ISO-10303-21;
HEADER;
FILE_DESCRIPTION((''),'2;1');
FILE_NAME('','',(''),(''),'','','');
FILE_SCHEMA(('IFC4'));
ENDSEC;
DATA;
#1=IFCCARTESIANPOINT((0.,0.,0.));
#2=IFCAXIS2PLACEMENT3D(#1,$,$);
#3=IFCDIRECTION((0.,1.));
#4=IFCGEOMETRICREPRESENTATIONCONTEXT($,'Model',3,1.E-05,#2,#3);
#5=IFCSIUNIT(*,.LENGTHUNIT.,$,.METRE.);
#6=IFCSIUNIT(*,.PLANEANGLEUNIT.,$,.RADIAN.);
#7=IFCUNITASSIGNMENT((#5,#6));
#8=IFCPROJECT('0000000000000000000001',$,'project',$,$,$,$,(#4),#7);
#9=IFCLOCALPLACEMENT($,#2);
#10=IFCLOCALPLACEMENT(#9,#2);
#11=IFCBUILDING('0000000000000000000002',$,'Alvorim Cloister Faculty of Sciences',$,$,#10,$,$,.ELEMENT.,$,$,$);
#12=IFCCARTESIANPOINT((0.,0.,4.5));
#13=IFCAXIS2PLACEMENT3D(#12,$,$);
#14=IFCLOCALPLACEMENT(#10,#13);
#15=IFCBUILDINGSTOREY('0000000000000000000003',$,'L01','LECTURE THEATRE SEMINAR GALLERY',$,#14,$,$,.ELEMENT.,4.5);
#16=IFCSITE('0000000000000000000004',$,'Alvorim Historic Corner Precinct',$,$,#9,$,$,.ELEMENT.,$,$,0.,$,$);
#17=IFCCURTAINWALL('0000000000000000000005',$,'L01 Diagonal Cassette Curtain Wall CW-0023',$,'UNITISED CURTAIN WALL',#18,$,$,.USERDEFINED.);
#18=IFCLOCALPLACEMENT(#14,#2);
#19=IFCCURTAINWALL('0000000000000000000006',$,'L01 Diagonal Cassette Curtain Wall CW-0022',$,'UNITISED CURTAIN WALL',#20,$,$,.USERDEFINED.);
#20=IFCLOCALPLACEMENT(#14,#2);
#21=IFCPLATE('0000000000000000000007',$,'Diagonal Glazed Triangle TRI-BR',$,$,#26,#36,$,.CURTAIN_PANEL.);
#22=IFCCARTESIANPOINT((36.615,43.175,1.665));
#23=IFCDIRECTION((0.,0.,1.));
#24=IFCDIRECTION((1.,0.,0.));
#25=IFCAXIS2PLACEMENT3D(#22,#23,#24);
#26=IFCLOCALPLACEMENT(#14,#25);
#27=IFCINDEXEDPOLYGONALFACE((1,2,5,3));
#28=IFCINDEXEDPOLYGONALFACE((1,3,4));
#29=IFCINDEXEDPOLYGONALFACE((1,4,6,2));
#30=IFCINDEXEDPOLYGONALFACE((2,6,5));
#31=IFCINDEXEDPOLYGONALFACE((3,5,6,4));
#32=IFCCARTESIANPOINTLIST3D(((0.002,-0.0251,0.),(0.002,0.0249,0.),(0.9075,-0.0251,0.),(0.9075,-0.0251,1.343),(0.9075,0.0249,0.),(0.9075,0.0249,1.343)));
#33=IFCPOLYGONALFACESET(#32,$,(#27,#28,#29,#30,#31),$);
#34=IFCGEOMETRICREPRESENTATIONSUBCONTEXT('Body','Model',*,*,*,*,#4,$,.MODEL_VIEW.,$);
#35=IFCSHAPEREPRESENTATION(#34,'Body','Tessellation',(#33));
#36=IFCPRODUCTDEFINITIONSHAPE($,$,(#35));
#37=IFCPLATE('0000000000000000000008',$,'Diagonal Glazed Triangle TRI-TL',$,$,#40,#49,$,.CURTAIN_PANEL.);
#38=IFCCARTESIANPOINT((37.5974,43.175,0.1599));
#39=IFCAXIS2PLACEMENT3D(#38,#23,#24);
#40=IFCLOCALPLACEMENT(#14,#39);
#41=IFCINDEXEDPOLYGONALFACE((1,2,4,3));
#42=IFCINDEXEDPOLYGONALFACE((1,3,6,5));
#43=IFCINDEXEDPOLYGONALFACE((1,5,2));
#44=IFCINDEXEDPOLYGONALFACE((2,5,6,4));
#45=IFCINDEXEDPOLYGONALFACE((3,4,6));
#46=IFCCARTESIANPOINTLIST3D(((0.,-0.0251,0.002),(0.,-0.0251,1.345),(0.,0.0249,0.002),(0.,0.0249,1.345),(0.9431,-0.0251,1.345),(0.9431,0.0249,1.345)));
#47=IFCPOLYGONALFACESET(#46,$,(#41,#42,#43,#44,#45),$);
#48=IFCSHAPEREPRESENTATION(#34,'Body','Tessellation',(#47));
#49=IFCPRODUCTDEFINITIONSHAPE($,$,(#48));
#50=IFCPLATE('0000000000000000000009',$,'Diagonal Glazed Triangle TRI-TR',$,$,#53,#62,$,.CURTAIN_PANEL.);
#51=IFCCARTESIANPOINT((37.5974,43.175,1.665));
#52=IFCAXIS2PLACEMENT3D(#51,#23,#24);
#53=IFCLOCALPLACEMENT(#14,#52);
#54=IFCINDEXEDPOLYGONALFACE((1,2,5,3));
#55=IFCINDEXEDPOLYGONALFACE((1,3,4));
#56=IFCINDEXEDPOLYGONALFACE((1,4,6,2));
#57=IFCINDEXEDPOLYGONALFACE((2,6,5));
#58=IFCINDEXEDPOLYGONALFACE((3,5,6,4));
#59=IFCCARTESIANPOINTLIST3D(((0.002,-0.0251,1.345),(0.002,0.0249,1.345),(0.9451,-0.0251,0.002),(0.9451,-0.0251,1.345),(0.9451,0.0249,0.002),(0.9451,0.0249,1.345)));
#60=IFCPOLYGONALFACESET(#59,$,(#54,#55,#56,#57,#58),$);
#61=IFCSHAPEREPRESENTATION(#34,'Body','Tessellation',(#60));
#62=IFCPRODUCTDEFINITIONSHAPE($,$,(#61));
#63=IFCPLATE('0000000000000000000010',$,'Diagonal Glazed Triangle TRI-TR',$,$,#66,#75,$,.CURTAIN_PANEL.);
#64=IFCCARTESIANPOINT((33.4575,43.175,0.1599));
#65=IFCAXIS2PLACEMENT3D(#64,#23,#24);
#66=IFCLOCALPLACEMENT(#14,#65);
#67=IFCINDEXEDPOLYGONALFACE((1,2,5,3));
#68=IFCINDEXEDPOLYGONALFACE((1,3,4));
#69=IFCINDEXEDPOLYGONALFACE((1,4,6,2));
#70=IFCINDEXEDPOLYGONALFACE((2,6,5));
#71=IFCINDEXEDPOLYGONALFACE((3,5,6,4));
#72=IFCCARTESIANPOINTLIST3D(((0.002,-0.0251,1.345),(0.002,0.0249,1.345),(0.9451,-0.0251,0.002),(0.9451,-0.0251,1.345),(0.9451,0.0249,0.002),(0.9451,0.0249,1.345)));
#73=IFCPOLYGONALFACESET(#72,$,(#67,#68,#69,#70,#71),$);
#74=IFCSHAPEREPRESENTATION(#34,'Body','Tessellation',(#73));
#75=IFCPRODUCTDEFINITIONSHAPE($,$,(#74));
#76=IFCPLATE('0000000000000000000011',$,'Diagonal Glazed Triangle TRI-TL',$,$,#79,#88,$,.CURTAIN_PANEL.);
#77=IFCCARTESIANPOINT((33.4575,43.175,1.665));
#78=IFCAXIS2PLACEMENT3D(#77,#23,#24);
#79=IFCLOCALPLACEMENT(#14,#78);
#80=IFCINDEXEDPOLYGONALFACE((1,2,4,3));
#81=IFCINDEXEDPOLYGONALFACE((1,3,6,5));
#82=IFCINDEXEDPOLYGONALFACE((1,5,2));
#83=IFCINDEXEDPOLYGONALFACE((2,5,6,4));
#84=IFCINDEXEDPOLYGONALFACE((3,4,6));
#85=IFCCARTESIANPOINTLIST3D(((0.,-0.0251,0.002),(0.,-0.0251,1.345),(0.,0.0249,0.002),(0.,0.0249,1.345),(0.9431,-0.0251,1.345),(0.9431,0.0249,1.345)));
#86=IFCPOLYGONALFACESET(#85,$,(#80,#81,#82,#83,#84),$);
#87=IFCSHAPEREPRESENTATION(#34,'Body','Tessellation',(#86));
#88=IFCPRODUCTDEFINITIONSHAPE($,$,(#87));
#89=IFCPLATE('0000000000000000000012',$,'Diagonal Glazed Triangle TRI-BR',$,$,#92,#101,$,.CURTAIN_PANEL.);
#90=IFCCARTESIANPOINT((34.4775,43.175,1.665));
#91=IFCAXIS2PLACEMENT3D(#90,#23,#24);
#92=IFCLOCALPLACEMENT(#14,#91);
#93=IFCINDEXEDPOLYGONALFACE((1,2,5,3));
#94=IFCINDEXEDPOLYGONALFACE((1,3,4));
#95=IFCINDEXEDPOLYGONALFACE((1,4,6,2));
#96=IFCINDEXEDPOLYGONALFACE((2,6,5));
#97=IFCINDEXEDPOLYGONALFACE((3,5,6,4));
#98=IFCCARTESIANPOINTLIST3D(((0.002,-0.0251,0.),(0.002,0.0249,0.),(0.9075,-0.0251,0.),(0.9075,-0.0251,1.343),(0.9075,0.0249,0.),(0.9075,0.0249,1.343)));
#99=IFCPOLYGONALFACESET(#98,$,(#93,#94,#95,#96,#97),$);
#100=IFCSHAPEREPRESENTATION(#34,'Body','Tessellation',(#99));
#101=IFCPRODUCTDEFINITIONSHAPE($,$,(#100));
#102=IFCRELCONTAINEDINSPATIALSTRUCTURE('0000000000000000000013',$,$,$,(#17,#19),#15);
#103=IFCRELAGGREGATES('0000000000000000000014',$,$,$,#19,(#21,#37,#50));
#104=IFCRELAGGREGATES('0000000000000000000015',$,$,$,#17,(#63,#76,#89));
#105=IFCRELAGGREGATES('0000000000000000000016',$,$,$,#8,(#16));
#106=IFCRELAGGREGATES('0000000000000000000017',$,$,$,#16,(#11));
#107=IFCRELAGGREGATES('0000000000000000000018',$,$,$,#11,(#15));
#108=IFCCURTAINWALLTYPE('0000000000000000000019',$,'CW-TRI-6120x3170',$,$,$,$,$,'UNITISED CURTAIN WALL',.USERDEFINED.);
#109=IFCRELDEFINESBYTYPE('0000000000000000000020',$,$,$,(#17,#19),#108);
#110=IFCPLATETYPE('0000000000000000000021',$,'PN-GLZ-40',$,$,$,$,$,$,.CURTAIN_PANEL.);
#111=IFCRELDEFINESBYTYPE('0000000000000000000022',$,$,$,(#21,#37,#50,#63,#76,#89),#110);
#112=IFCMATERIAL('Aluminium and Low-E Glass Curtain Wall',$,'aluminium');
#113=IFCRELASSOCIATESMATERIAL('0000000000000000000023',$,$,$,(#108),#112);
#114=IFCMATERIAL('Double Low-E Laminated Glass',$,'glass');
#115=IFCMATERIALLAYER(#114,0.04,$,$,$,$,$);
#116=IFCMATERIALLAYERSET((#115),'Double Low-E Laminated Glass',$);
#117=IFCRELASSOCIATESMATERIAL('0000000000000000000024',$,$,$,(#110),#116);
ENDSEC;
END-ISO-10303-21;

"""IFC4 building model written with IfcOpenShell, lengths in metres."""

from ifc_helpers import new_model, si_unit, direction, frame, origin, place, context, subcontext, project, spatial, polyline, outline, extrude, material, layer, layer_set, type_object, element, aggregate, save


model = new_model("IFC4")

# Units and contexts
model_context = context("Model", 3, precision=1e-05, world=origin(), true_north=direction((0.0, 1.0)))
body_context = subcontext(model_context, "Body", "Model", "MODEL_VIEW")
ifc_project = project(units=[si_unit("LENGTHUNIT", "METRE"), si_unit("PLANEANGLEUNIT", "RADIAN")], contexts=[model_context])

# Site, building, storey
site_placement = place(None, origin())
site = spatial("IfcSite", under=ifc_project, at=site_placement, Name="Alvorim Historic Corner Precinct", CompositionType="ELEMENT", RefElevation=0.0)
building_placement = place(site_placement, origin())
building = spatial("IfcBuilding", under=site, at=building_placement, Name="Alvorim Cloister Faculty of Sciences", CompositionType="ELEMENT")
storey_placement = place(building_placement, frame((0.0, 0.0, 4.5)))
storey = spatial("IfcBuildingStorey", under=building, at=storey_placement, Name="L01", Description="LECTURE THEATRE SEMINAR GALLERY", CompositionType="ELEMENT", Elevation=4.5)

# Curtain wall
ifc_material_1 = material(Name="Aluminium and Low-E Glass Curtain Wall", Category="aluminium")
curtain_wall_type = type_object("IfcCurtainWallType", Name="CW-TRI-6120x3170", ElementType="UNITISED CURTAIN WALL", PredefinedType="USERDEFINED", material=ifc_material_1)
curtain_wall_1_placement = place(storey_placement, origin())
curtain_wall_1 = element("IfcCurtainWall", 1, at=curtain_wall_1_placement, inside=storey, type_object=curtain_wall_type, Name="L01 Diagonal Cassette Curtain Wall CW-0023", ObjectType="UNITISED CURTAIN WALL", PredefinedType="USERDEFINED")

# Curtain wall, plates
curtain_wall_2_placement = place(storey_placement, origin())
curtain_wall_2 = element("IfcCurtainWall", 2, at=curtain_wall_2_placement, inside=storey, type_object=curtain_wall_type, Name="L01 Diagonal Cassette Curtain Wall CW-0022", ObjectType="UNITISED CURTAIN WALL", PredefinedType="USERDEFINED")
ifc_material_2 = material(Name="Double Low-E Laminated Glass", Category="glass")
ifc_layer_1 = layer(ifc_material_2, 0.04)
ifc_layer_set_1 = layer_set([ifc_layer_1], Name="Double Low-E Laminated Glass")
plate_type = type_object("IfcPlateType", Name="PN-GLZ-40", PredefinedType="CURTAIN_PANEL", material=ifc_layer_set_1)
plate_1_placement = place(storey_placement, frame((36.615, 43.175, 1.665), z_axis=(0.0, 0.0, 1.0), x_axis=(1.0, 0.0, 0.0)))
plate_1 = element("IfcPlate", 3, at=plate_1_placement, type_object=plate_type, Name="Diagonal Glazed Triangle TRI-BR", PredefinedType="CURTAIN_PANEL", context=body_context, shape_type="SweptSolid", body=[
    extrude(outline(polyline([(0.002, 0.0), (0.9075, 0.0), (0.9075, 1.343), (0.002, 0.0)])), frame((0.0, 0.0249, 0.0), z_axis=(0.0, -1.0, 0.0), x_axis=(1.0, 0.0, 0.0)), (0.0, 0.0, 1.0), 0.05),
])
plate_2_placement = place(storey_placement, frame((37.5974, 43.175, 0.1599), z_axis=(0.0, 0.0, 1.0), x_axis=(1.0, 0.0, 0.0)))
plate_2 = element("IfcPlate", 4, at=plate_2_placement, type_object=plate_type, Name="Diagonal Glazed Triangle TRI-TL", PredefinedType="CURTAIN_PANEL", context=body_context, shape_type="SweptSolid", body=[
    extrude(outline(polyline([(0.9431, 1.345), (0.0, 1.345), (0.0, 0.002), (0.9431, 1.345)])), frame((0.0, 0.0249, 0.0), z_axis=(0.0, -1.0, 0.0), x_axis=(1.0, 0.0, 0.0)), (0.0, 0.0, 1.0), 0.05),
])
plate_3_placement = place(storey_placement, frame((37.5974, 43.175, 1.665), z_axis=(0.0, 0.0, 1.0), x_axis=(1.0, 0.0, 0.0)))
plate_3 = element("IfcPlate", 5, at=plate_3_placement, type_object=plate_type, Name="Diagonal Glazed Triangle TRI-TR", PredefinedType="CURTAIN_PANEL", context=body_context, shape_type="SweptSolid", body=[
    extrude(outline(polyline([(0.9451, 0.002), (0.9451, 1.345), (0.002, 1.345), (0.9451, 0.002)])), frame((0.0, 0.0249, 0.0), z_axis=(0.0, -1.0, 0.0), x_axis=(1.0, 0.0, 0.0)), (0.0, 0.0, 1.0), 0.05),
])
aggregate(curtain_wall_2, [plate_1, plate_2, plate_3])

# Plates
plate_4_placement = place(storey_placement, frame((33.4575, 43.175, 0.1599), z_axis=(0.0, 0.0, 1.0), x_axis=(1.0, 0.0, 0.0)))
plate_4 = element("IfcPlate", 6, at=plate_4_placement, type_object=plate_type, Name="Diagonal Glazed Triangle TRI-TR", PredefinedType="CURTAIN_PANEL", context=body_context, shape_type="SweptSolid", body=[
    extrude(outline(polyline([(0.9451, 0.002), (0.9451, 1.345), (0.002, 1.345), (0.9451, 0.002)])), frame((0.0, 0.0249, 0.0), z_axis=(0.0, -1.0, 0.0), x_axis=(1.0, 0.0, 0.0)), (0.0, 0.0, 1.0), 0.05),
])
plate_5_placement = place(storey_placement, frame((33.4575, 43.175, 1.665), z_axis=(0.0, 0.0, 1.0), x_axis=(1.0, 0.0, 0.0)))
plate_5 = element("IfcPlate", 7, at=plate_5_placement, type_object=plate_type, Name="Diagonal Glazed Triangle TRI-TL", PredefinedType="CURTAIN_PANEL", context=body_context, shape_type="SweptSolid", body=[
    extrude(outline(polyline([(0.9431, 1.345), (0.0, 1.345), (0.0, 0.002), (0.9431, 1.345)])), frame((0.0, 0.0249, 0.0), z_axis=(0.0, -1.0, 0.0), x_axis=(1.0, 0.0, 0.0)), (0.0, 0.0, 1.0), 0.05),
])
plate_6_placement = place(storey_placement, frame((34.4775, 43.175, 1.665), z_axis=(0.0, 0.0, 1.0), x_axis=(1.0, 0.0, 0.0)))
plate_6 = element("IfcPlate", 8, at=plate_6_placement, type_object=plate_type, Name="Diagonal Glazed Triangle TRI-BR", PredefinedType="CURTAIN_PANEL", context=body_context, shape_type="SweptSolid", body=[
    extrude(outline(polyline([(0.002, 0.0), (0.9075, 0.0), (0.9075, 1.343), (0.002, 0.0)])), frame((0.0, 0.0249, 0.0), z_axis=(0.0, -1.0, 0.0), x_axis=(1.0, 0.0, 0.0)), (0.0, 0.0, 1.0), 0.05),
])
aggregate(curtain_wall_1, [plate_4, plate_5, plate_6])

save(model, "model.ifc")
